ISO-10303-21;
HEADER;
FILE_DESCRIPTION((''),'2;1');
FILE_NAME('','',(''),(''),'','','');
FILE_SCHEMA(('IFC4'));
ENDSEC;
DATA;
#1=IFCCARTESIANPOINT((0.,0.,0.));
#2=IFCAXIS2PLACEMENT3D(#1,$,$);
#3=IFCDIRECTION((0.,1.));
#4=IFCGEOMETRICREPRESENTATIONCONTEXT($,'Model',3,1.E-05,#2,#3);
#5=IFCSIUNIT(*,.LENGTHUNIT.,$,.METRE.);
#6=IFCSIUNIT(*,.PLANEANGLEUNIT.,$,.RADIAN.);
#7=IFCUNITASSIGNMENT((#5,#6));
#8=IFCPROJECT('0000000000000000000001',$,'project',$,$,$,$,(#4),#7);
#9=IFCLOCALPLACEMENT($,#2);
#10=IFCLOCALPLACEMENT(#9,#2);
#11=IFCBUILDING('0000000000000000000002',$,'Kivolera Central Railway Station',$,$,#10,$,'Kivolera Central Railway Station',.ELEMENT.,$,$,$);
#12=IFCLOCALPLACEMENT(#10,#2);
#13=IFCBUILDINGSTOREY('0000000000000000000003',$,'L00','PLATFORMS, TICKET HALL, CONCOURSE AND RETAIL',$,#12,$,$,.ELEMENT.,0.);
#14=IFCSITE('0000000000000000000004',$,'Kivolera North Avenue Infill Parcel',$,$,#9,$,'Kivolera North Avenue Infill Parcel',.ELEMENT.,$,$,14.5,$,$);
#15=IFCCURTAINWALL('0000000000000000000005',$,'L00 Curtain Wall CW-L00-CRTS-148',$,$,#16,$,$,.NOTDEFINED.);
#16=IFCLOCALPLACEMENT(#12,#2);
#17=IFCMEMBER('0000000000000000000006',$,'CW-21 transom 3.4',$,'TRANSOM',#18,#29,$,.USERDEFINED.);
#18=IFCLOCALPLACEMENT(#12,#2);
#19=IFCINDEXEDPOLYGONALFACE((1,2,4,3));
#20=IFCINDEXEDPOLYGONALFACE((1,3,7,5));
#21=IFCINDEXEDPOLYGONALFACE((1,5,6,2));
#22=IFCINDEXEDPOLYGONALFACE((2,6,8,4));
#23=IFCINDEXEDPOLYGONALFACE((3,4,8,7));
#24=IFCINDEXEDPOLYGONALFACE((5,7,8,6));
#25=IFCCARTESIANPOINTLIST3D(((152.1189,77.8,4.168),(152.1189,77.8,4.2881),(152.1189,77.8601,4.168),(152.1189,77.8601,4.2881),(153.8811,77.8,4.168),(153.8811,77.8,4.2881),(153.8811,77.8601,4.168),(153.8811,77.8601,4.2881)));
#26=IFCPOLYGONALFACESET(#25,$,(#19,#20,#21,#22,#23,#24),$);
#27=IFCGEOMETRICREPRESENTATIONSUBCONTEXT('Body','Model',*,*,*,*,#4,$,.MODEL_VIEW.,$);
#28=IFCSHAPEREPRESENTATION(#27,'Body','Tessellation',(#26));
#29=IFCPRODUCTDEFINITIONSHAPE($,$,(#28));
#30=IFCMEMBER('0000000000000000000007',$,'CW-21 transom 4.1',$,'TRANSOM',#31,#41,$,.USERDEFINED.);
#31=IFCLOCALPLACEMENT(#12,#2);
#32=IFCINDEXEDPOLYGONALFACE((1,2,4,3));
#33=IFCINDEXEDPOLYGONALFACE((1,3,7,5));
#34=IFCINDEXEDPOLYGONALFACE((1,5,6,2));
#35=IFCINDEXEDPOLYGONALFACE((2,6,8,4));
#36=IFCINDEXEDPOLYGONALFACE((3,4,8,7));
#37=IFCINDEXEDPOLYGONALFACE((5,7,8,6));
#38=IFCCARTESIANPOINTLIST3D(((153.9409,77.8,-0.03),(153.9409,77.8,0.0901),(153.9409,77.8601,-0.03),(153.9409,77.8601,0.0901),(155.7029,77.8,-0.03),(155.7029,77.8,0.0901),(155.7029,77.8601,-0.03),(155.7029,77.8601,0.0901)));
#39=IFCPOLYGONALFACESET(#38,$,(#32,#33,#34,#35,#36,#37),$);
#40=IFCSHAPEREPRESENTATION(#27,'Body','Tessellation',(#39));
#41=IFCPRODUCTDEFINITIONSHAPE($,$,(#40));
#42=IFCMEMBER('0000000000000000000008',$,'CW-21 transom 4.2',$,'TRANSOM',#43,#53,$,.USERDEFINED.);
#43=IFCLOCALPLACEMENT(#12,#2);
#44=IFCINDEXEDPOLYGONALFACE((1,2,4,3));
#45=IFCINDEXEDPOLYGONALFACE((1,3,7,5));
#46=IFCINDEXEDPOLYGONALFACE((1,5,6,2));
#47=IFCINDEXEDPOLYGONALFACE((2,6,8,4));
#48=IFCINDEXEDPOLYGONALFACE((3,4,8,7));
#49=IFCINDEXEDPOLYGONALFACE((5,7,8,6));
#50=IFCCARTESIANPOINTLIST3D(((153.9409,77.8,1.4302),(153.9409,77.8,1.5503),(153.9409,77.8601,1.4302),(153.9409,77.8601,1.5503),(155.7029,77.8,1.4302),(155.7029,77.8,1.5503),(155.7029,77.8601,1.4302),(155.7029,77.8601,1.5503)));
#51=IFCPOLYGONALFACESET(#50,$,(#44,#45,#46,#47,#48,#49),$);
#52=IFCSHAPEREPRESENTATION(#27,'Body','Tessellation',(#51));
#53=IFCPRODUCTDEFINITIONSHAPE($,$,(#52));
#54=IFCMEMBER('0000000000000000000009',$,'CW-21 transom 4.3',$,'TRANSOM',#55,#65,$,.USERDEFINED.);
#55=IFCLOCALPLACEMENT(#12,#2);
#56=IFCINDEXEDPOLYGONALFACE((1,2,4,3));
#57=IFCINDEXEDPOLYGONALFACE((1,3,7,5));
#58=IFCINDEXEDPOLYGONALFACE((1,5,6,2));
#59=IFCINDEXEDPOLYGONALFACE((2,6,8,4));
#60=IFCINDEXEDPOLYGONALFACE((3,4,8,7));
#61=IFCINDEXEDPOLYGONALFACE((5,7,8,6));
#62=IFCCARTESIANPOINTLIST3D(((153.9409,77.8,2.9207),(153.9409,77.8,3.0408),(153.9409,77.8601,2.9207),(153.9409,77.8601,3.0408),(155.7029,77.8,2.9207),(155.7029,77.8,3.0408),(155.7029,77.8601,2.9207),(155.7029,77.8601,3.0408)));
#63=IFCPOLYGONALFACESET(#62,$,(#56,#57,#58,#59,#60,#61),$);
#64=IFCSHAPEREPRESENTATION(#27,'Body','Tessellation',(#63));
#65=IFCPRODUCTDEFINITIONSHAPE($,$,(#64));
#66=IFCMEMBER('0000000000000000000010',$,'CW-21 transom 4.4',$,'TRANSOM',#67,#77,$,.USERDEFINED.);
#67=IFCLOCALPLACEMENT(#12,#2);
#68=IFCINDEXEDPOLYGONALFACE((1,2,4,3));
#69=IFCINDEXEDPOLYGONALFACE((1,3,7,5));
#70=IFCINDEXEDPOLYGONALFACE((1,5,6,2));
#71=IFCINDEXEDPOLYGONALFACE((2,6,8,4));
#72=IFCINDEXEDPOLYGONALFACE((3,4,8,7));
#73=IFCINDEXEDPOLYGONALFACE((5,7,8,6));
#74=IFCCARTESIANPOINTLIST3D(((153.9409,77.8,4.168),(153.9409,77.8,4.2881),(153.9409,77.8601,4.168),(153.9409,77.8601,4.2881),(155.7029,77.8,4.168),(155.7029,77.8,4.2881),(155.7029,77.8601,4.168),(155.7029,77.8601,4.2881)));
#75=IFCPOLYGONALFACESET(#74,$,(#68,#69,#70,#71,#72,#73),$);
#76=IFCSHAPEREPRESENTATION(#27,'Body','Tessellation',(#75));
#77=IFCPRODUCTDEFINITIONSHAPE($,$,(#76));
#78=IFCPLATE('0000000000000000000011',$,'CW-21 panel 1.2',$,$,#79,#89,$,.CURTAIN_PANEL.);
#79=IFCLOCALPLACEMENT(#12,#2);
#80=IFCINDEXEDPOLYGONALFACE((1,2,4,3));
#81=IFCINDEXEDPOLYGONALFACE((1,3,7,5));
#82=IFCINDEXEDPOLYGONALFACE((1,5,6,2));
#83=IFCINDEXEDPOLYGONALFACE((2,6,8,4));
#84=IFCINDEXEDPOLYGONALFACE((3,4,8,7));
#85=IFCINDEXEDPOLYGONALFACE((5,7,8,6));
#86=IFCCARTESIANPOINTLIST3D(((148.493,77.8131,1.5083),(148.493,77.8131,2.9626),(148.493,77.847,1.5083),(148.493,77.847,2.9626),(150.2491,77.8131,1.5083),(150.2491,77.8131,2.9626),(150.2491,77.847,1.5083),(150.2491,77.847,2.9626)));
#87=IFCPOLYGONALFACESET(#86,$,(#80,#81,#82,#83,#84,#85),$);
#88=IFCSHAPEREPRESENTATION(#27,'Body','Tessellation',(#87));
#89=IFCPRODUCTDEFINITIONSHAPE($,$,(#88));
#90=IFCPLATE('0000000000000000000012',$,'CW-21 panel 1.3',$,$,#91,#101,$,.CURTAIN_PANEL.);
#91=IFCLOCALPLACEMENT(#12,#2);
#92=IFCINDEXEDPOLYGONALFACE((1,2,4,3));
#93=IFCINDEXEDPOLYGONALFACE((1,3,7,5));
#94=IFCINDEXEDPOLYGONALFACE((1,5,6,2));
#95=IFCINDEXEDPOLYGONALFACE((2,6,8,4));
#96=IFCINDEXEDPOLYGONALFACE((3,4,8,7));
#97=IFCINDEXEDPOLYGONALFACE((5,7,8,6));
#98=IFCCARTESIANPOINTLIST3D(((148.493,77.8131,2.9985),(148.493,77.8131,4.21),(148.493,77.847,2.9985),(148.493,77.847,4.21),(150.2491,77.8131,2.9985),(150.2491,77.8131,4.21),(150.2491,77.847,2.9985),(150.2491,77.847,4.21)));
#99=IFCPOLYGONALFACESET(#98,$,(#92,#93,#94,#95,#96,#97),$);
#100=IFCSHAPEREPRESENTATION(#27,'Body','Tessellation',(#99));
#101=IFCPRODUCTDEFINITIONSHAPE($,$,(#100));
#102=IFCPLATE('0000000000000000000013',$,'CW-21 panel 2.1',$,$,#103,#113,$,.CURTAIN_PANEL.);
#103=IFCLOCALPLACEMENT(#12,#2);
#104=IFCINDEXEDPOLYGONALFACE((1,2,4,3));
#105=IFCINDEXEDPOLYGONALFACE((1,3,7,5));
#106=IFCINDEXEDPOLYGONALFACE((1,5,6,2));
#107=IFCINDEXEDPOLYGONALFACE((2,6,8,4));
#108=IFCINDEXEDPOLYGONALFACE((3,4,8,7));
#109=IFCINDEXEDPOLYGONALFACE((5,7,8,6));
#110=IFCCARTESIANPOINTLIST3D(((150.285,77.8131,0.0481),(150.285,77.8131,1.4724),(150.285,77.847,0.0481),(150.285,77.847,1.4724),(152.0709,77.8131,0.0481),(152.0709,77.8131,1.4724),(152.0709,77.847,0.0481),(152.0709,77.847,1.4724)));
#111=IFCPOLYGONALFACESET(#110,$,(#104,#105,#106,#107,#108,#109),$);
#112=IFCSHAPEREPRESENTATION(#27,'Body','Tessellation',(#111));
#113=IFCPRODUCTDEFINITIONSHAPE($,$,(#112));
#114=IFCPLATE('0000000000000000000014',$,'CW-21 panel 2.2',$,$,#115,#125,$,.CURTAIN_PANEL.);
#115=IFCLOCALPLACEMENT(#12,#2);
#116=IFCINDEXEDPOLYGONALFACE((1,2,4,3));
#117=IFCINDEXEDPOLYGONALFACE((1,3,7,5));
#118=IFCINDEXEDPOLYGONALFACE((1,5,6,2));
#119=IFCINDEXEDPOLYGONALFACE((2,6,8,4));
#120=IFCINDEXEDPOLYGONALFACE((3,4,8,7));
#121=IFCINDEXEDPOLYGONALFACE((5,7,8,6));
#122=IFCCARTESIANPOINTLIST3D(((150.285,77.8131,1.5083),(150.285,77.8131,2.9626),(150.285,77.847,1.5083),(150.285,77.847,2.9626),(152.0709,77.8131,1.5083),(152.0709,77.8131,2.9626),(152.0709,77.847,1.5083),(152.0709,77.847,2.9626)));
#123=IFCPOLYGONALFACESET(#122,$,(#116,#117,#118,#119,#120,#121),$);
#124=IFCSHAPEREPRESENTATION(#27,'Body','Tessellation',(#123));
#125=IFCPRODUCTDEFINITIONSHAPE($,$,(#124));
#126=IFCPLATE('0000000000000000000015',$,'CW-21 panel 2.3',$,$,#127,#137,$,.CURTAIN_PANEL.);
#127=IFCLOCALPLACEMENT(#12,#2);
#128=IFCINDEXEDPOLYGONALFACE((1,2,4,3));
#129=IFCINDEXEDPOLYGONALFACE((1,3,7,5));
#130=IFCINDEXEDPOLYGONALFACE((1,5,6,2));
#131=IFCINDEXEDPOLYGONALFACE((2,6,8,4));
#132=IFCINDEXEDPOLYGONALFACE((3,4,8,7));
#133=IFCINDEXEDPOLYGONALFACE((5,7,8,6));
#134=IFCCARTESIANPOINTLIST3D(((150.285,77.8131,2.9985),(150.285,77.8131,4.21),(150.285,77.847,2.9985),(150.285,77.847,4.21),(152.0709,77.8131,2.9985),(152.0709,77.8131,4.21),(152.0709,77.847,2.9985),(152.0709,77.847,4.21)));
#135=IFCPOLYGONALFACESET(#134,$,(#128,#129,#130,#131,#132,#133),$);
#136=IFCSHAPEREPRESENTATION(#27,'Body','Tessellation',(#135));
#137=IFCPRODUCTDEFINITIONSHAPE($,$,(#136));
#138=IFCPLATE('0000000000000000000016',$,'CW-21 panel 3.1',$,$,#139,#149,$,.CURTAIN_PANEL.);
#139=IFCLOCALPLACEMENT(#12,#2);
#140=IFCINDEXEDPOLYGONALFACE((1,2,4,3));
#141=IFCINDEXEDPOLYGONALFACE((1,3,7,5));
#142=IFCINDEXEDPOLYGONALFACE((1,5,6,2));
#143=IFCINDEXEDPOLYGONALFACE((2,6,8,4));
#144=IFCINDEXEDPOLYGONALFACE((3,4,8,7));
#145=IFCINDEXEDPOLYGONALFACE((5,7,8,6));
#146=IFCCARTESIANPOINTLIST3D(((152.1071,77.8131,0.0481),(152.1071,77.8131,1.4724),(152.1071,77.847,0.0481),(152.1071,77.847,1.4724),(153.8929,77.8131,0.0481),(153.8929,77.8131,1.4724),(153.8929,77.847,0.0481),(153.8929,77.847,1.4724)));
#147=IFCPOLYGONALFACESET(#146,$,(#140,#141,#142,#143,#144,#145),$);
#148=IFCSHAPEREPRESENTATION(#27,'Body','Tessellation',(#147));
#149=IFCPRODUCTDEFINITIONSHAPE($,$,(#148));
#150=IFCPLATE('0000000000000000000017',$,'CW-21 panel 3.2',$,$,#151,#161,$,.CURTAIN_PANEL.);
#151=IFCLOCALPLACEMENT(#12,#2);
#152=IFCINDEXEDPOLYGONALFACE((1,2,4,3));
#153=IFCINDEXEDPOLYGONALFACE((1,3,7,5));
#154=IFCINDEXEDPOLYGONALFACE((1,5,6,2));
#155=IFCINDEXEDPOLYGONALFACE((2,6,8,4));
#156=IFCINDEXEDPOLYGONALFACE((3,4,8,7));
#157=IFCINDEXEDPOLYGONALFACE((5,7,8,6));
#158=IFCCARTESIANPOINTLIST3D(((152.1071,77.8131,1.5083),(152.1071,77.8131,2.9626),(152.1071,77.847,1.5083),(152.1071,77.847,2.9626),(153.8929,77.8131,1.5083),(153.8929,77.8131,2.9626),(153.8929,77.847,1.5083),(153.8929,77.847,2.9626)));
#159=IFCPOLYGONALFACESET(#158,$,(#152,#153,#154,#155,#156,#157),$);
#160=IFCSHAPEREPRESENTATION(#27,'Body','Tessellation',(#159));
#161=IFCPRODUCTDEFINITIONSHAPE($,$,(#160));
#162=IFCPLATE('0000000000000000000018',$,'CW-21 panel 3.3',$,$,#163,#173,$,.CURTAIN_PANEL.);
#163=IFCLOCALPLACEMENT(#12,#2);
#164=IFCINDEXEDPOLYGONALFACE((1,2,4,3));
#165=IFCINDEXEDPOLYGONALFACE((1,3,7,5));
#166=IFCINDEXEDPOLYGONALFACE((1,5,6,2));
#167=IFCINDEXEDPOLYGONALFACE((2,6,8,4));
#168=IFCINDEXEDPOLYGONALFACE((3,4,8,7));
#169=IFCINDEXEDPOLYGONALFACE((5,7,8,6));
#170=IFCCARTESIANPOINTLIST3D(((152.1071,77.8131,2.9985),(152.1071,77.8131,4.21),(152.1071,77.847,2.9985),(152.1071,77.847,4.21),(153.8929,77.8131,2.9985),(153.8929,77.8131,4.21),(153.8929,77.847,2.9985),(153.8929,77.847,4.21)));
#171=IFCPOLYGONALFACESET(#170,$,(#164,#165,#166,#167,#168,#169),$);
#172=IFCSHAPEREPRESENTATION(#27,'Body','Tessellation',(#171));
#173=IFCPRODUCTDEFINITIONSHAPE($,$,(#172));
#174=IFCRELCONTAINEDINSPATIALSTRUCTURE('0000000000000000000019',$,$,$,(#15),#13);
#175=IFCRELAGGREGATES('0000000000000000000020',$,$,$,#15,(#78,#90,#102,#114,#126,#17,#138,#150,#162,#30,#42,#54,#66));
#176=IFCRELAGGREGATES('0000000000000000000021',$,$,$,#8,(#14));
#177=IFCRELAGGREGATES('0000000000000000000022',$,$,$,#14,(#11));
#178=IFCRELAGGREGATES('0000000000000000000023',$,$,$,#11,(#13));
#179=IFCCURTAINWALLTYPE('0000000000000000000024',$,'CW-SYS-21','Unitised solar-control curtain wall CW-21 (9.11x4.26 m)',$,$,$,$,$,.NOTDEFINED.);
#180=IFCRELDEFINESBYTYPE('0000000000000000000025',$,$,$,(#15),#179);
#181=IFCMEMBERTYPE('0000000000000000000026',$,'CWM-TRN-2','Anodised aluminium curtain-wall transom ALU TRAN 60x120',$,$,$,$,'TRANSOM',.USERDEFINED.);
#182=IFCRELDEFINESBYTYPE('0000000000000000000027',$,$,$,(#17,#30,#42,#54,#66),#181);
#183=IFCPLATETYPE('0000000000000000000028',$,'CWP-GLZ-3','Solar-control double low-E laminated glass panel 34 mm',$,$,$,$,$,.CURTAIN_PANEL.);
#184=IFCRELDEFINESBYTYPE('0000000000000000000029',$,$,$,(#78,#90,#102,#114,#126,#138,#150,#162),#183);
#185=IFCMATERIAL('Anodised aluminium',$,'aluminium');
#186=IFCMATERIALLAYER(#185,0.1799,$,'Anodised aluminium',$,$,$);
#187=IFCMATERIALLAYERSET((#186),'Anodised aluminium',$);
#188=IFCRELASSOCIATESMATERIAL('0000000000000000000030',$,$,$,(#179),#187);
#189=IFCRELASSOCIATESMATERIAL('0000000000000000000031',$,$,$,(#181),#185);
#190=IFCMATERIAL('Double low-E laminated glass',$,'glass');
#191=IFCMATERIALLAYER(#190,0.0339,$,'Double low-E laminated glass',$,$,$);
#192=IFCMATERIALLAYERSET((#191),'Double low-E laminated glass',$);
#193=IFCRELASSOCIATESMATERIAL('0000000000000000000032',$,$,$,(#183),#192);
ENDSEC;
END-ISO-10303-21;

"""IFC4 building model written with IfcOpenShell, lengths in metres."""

from ifc_helpers import new_model, si_unit, direction, frame, origin, origin_2d, place, context, subcontext, project, spatial, rectangle, extrude, material, layer, layer_set, material_profile, profile_set, type_object, element, aggregate, save


model = new_model("IFC4")

# Units and contexts
model_context = context("Model", 3, precision=1e-05, world=origin(), true_north=direction((0.0, 1.0)))
body_context = subcontext(model_context, "Body", "Model", "MODEL_VIEW")
ifc_project = project(units=[si_unit("LENGTHUNIT", "METRE"), si_unit("PLANEANGLEUNIT", "RADIAN")], contexts=[model_context])

# Site, building, storey
site_placement = place(None, origin())
site = spatial("IfcSite", under=ifc_project, at=site_placement, Name="Kivolera North Avenue Infill Parcel", LongName="Kivolera North Avenue Infill Parcel", CompositionType="ELEMENT", RefElevation=14.5)
building_placement = place(site_placement, origin())
building = spatial("IfcBuilding", under=site, at=building_placement, Name="Kivolera Central Railway Station", LongName="Kivolera Central Railway Station", CompositionType="ELEMENT")
storey_placement = place(building_placement, origin())
storey = spatial("IfcBuildingStorey", under=building, at=storey_placement, Name="L00", Description="PLATFORMS, TICKET HALL, CONCOURSE AND RETAIL", CompositionType="ELEMENT", Elevation=0.0)

# Curtain wall, members, plates
ifc_material_1 = material(Name="Anodised aluminium", Category="aluminium")
ifc_layer_1 = layer(ifc_material_1, 0.1799, Name="Anodised aluminium")
ifc_layer_set_1 = layer_set([ifc_layer_1], Name="Anodised aluminium")
curtain_wall_type = type_object("IfcCurtainWallType", Name="CW-SYS-21", Description="Unitised solar-control curtain wall CW-21 (9.11x4.26 m)", PredefinedType="NOTDEFINED", material=ifc_layer_set_1)
curtain_wall_placement = place(storey_placement, origin())
curtain_wall = element("IfcCurtainWall", 1, at=curtain_wall_placement, inside=storey, type_object=curtain_wall_type, Name="L00 Curtain Wall CW-L00-CRTS-148", PredefinedType="NOTDEFINED")
ifc_material_profile_1 = material_profile(ifc_material_1, rectangle(XDim=0.0601, YDim=0.1201, at=origin_2d()), Name="ALU TRAN 60x120")
ifc_profile_set_1 = profile_set([ifc_material_profile_1], Name="Anodised aluminium")
member_type_1 = type_object("IfcMemberType", Name="CWM-TRN-2", Description="Anodised aluminium curtain-wall transom ALU TRAN 60x120", ElementType="TRANSOM", PredefinedType="USERDEFINED", material=ifc_profile_set_1)
member_1_placement = place(storey_placement, frame((152.1189, 77.8301, 4.228), z_axis=(1.0, 0.0, 0.0), x_axis=(0.0, 1.0, 0.0)))
member_1 = element("IfcMember", 2, at=member_1_placement, type_object=member_type_1, Name="CW-21 transom 3.4", ObjectType="TRANSOM", PredefinedType="USERDEFINED", context=body_context, shape_type="SweptSolid", body=[
    extrude(rectangle(XDim=0.0601, YDim=0.1201, at=origin_2d()), origin(), (0.0, 0.0, 1.0), 1.7622),
])
member_2_placement = place(storey_placement, frame((153.9409, 77.8301, 0.03), z_axis=(1.0, 0.0, 0.0), x_axis=(0.0, 1.0, 0.0)))
member_2 = element("IfcMember", 3, at=member_2_placement, type_object=member_type_1, Name="CW-21 transom 4.1", ObjectType="TRANSOM", PredefinedType="USERDEFINED", context=body_context, shape_type="SweptSolid", body=[
    extrude(rectangle(XDim=0.0601, YDim=0.1201, at=origin_2d()), origin(), (0.0, 0.0, 1.0), 1.762),
])
member_3_placement = place(storey_placement, frame((153.9409, 77.8301, 1.4902), z_axis=(1.0, 0.0, 0.0), x_axis=(0.0, 1.0, 0.0)))
member_3 = element("IfcMember", 4, at=member_3_placement, type_object=member_type_1, Name="CW-21 transom 4.2", ObjectType="TRANSOM", PredefinedType="USERDEFINED", context=body_context, shape_type="SweptSolid", body=[
    extrude(rectangle(XDim=0.0601, YDim=0.1201, at=origin_2d()), origin(), (0.0, 0.0, 1.0), 1.762),
])
member_4_placement = place(storey_placement, frame((153.9409, 77.8301, 2.9807), z_axis=(1.0, 0.0, 0.0), x_axis=(0.0, 1.0, 0.0)))
member_4 = element("IfcMember", 5, at=member_4_placement, type_object=member_type_1, Name="CW-21 transom 4.3", ObjectType="TRANSOM", PredefinedType="USERDEFINED", context=body_context, shape_type="SweptSolid", body=[
    extrude(rectangle(XDim=0.0601, YDim=0.1201, at=origin_2d()), origin(), (0.0, 0.0, 1.0), 1.762),
])
member_5_placement = place(storey_placement, frame((153.9409, 77.8301, 4.228), z_axis=(1.0, 0.0, 0.0), x_axis=(0.0, 1.0, 0.0)))
member_5 = element("IfcMember", 6, at=member_5_placement, type_object=member_type_1, Name="CW-21 transom 4.4", ObjectType="TRANSOM", PredefinedType="USERDEFINED", context=body_context, shape_type="SweptSolid", body=[
    extrude(rectangle(XDim=0.0601, YDim=0.1201, at=origin_2d()), origin(), (0.0, 0.0, 1.0), 1.762),
])
ifc_material_2 = material(Name="Double low-E laminated glass", Category="glass")
ifc_layer_2 = layer(ifc_material_2, 0.0339, Name="Double low-E laminated glass")
ifc_layer_set_2 = layer_set([ifc_layer_2], Name="Double low-E laminated glass")
plate_type = type_object("IfcPlateType", Name="CWP-GLZ-3", Description="Solar-control double low-E laminated glass panel 34 mm", PredefinedType="CURTAIN_PANEL", material=ifc_layer_set_2)
plate_1_placement = place(storey_placement, frame((149.3711, 77.8301, 1.5083), z_axis=(0.0, 0.0, 1.0), x_axis=(1.0, 0.0, 0.0)))
plate_1 = element("IfcPlate", 7, at=plate_1_placement, type_object=plate_type, Name="CW-21 panel 1.2", PredefinedType="CURTAIN_PANEL", context=body_context, shape_type="SweptSolid", body=[
    extrude(rectangle(XDim=1.7561, YDim=0.0339, at=origin_2d()), origin(), (0.0, 0.0, 1.0), 1.4543),
])
plate_2_placement = place(storey_placement, frame((149.3711, 77.8301, 2.9985), z_axis=(0.0, 0.0, 1.0), x_axis=(1.0, 0.0, 0.0)))
plate_2 = element("IfcPlate", 8, at=plate_2_placement, type_object=plate_type, Name="CW-21 panel 1.3", PredefinedType="CURTAIN_PANEL", context=body_context, shape_type="SweptSolid", body=[
    extrude(rectangle(XDim=1.7561, YDim=0.0339, at=origin_2d()), origin(), (0.0, 0.0, 1.0), 1.2114),
])
plate_3_placement = place(storey_placement, frame((151.178, 77.8301, 0.0481), z_axis=(0.0, 0.0, 1.0), x_axis=(1.0, 0.0, 0.0)))
plate_3 = element("IfcPlate", 9, at=plate_3_placement, type_object=plate_type, Name="CW-21 panel 2.1", PredefinedType="CURTAIN_PANEL", context=body_context, shape_type="SweptSolid", body=[
    extrude(rectangle(XDim=1.7859, YDim=0.0339, at=origin_2d()), origin(), (0.0, 0.0, 1.0), 1.4243),
])
plate_4_placement = place(storey_placement, frame((151.178, 77.8301, 1.5083), z_axis=(0.0, 0.0, 1.0), x_axis=(1.0, 0.0, 0.0)))
plate_4 = element("IfcPlate", 10, at=plate_4_placement, type_object=plate_type, Name="CW-21 panel 2.2", PredefinedType="CURTAIN_PANEL", context=body_context, shape_type="SweptSolid", body=[
    extrude(rectangle(XDim=1.7859, YDim=0.0339, at=origin_2d()), origin(), (0.0, 0.0, 1.0), 1.4543),
])
plate_5_placement = place(storey_placement, frame((151.178, 77.8301, 2.9985), z_axis=(0.0, 0.0, 1.0), x_axis=(1.0, 0.0, 0.0)))
plate_5 = element("IfcPlate", 11, at=plate_5_placement, type_object=plate_type, Name="CW-21 panel 2.3", PredefinedType="CURTAIN_PANEL", context=body_context, shape_type="SweptSolid", body=[
    extrude(rectangle(XDim=1.7859, YDim=0.0339, at=origin_2d()), origin(), (0.0, 0.0, 1.0), 1.2114),
])
plate_6_placement = place(storey_placement, frame((153.0, 77.8301, 0.0481), z_axis=(0.0, 0.0, 1.0), x_axis=(1.0, 0.0, 0.0)))
plate_6 = element("IfcPlate", 12, at=plate_6_placement, type_object=plate_type, Name="CW-21 panel 3.1", PredefinedType="CURTAIN_PANEL", context=body_context, shape_type="SweptSolid", body=[
    extrude(rectangle(XDim=1.7859, YDim=0.0339, at=origin_2d()), origin(), (0.0, 0.0, 1.0), 1.4243),
])
plate_7_placement = place(storey_placement, frame((153.0, 77.8301, 1.5083), z_axis=(0.0, 0.0, 1.0), x_axis=(1.0, 0.0, 0.0)))
plate_7 = element("IfcPlate", 13, at=plate_7_placement, type_object=plate_type, Name="CW-21 panel 3.2", PredefinedType="CURTAIN_PANEL", context=body_context, shape_type="SweptSolid", body=[
    extrude(rectangle(XDim=1.7859, YDim=0.0339, at=origin_2d()), origin(), (0.0, 0.0, 1.0), 1.4543),
])
plate_8_placement = place(storey_placement, frame((153.0, 77.8301, 2.9985), z_axis=(0.0, 0.0, 1.0), x_axis=(1.0, 0.0, 0.0)))
plate_8 = element("IfcPlate", 14, at=plate_8_placement, type_object=plate_type, Name="CW-21 panel 3.3", PredefinedType="CURTAIN_PANEL", context=body_context, shape_type="SweptSolid", body=[
    extrude(rectangle(XDim=1.7859, YDim=0.0339, at=origin_2d()), origin(), (0.0, 0.0, 1.0), 1.2114),
])
aggregate(curtain_wall, [plate_1, plate_2, plate_3, plate_4, plate_5, member_1, plate_6, plate_7, plate_8, member_2, member_3, member_4, member_5])

save(model, "model.ifc")
